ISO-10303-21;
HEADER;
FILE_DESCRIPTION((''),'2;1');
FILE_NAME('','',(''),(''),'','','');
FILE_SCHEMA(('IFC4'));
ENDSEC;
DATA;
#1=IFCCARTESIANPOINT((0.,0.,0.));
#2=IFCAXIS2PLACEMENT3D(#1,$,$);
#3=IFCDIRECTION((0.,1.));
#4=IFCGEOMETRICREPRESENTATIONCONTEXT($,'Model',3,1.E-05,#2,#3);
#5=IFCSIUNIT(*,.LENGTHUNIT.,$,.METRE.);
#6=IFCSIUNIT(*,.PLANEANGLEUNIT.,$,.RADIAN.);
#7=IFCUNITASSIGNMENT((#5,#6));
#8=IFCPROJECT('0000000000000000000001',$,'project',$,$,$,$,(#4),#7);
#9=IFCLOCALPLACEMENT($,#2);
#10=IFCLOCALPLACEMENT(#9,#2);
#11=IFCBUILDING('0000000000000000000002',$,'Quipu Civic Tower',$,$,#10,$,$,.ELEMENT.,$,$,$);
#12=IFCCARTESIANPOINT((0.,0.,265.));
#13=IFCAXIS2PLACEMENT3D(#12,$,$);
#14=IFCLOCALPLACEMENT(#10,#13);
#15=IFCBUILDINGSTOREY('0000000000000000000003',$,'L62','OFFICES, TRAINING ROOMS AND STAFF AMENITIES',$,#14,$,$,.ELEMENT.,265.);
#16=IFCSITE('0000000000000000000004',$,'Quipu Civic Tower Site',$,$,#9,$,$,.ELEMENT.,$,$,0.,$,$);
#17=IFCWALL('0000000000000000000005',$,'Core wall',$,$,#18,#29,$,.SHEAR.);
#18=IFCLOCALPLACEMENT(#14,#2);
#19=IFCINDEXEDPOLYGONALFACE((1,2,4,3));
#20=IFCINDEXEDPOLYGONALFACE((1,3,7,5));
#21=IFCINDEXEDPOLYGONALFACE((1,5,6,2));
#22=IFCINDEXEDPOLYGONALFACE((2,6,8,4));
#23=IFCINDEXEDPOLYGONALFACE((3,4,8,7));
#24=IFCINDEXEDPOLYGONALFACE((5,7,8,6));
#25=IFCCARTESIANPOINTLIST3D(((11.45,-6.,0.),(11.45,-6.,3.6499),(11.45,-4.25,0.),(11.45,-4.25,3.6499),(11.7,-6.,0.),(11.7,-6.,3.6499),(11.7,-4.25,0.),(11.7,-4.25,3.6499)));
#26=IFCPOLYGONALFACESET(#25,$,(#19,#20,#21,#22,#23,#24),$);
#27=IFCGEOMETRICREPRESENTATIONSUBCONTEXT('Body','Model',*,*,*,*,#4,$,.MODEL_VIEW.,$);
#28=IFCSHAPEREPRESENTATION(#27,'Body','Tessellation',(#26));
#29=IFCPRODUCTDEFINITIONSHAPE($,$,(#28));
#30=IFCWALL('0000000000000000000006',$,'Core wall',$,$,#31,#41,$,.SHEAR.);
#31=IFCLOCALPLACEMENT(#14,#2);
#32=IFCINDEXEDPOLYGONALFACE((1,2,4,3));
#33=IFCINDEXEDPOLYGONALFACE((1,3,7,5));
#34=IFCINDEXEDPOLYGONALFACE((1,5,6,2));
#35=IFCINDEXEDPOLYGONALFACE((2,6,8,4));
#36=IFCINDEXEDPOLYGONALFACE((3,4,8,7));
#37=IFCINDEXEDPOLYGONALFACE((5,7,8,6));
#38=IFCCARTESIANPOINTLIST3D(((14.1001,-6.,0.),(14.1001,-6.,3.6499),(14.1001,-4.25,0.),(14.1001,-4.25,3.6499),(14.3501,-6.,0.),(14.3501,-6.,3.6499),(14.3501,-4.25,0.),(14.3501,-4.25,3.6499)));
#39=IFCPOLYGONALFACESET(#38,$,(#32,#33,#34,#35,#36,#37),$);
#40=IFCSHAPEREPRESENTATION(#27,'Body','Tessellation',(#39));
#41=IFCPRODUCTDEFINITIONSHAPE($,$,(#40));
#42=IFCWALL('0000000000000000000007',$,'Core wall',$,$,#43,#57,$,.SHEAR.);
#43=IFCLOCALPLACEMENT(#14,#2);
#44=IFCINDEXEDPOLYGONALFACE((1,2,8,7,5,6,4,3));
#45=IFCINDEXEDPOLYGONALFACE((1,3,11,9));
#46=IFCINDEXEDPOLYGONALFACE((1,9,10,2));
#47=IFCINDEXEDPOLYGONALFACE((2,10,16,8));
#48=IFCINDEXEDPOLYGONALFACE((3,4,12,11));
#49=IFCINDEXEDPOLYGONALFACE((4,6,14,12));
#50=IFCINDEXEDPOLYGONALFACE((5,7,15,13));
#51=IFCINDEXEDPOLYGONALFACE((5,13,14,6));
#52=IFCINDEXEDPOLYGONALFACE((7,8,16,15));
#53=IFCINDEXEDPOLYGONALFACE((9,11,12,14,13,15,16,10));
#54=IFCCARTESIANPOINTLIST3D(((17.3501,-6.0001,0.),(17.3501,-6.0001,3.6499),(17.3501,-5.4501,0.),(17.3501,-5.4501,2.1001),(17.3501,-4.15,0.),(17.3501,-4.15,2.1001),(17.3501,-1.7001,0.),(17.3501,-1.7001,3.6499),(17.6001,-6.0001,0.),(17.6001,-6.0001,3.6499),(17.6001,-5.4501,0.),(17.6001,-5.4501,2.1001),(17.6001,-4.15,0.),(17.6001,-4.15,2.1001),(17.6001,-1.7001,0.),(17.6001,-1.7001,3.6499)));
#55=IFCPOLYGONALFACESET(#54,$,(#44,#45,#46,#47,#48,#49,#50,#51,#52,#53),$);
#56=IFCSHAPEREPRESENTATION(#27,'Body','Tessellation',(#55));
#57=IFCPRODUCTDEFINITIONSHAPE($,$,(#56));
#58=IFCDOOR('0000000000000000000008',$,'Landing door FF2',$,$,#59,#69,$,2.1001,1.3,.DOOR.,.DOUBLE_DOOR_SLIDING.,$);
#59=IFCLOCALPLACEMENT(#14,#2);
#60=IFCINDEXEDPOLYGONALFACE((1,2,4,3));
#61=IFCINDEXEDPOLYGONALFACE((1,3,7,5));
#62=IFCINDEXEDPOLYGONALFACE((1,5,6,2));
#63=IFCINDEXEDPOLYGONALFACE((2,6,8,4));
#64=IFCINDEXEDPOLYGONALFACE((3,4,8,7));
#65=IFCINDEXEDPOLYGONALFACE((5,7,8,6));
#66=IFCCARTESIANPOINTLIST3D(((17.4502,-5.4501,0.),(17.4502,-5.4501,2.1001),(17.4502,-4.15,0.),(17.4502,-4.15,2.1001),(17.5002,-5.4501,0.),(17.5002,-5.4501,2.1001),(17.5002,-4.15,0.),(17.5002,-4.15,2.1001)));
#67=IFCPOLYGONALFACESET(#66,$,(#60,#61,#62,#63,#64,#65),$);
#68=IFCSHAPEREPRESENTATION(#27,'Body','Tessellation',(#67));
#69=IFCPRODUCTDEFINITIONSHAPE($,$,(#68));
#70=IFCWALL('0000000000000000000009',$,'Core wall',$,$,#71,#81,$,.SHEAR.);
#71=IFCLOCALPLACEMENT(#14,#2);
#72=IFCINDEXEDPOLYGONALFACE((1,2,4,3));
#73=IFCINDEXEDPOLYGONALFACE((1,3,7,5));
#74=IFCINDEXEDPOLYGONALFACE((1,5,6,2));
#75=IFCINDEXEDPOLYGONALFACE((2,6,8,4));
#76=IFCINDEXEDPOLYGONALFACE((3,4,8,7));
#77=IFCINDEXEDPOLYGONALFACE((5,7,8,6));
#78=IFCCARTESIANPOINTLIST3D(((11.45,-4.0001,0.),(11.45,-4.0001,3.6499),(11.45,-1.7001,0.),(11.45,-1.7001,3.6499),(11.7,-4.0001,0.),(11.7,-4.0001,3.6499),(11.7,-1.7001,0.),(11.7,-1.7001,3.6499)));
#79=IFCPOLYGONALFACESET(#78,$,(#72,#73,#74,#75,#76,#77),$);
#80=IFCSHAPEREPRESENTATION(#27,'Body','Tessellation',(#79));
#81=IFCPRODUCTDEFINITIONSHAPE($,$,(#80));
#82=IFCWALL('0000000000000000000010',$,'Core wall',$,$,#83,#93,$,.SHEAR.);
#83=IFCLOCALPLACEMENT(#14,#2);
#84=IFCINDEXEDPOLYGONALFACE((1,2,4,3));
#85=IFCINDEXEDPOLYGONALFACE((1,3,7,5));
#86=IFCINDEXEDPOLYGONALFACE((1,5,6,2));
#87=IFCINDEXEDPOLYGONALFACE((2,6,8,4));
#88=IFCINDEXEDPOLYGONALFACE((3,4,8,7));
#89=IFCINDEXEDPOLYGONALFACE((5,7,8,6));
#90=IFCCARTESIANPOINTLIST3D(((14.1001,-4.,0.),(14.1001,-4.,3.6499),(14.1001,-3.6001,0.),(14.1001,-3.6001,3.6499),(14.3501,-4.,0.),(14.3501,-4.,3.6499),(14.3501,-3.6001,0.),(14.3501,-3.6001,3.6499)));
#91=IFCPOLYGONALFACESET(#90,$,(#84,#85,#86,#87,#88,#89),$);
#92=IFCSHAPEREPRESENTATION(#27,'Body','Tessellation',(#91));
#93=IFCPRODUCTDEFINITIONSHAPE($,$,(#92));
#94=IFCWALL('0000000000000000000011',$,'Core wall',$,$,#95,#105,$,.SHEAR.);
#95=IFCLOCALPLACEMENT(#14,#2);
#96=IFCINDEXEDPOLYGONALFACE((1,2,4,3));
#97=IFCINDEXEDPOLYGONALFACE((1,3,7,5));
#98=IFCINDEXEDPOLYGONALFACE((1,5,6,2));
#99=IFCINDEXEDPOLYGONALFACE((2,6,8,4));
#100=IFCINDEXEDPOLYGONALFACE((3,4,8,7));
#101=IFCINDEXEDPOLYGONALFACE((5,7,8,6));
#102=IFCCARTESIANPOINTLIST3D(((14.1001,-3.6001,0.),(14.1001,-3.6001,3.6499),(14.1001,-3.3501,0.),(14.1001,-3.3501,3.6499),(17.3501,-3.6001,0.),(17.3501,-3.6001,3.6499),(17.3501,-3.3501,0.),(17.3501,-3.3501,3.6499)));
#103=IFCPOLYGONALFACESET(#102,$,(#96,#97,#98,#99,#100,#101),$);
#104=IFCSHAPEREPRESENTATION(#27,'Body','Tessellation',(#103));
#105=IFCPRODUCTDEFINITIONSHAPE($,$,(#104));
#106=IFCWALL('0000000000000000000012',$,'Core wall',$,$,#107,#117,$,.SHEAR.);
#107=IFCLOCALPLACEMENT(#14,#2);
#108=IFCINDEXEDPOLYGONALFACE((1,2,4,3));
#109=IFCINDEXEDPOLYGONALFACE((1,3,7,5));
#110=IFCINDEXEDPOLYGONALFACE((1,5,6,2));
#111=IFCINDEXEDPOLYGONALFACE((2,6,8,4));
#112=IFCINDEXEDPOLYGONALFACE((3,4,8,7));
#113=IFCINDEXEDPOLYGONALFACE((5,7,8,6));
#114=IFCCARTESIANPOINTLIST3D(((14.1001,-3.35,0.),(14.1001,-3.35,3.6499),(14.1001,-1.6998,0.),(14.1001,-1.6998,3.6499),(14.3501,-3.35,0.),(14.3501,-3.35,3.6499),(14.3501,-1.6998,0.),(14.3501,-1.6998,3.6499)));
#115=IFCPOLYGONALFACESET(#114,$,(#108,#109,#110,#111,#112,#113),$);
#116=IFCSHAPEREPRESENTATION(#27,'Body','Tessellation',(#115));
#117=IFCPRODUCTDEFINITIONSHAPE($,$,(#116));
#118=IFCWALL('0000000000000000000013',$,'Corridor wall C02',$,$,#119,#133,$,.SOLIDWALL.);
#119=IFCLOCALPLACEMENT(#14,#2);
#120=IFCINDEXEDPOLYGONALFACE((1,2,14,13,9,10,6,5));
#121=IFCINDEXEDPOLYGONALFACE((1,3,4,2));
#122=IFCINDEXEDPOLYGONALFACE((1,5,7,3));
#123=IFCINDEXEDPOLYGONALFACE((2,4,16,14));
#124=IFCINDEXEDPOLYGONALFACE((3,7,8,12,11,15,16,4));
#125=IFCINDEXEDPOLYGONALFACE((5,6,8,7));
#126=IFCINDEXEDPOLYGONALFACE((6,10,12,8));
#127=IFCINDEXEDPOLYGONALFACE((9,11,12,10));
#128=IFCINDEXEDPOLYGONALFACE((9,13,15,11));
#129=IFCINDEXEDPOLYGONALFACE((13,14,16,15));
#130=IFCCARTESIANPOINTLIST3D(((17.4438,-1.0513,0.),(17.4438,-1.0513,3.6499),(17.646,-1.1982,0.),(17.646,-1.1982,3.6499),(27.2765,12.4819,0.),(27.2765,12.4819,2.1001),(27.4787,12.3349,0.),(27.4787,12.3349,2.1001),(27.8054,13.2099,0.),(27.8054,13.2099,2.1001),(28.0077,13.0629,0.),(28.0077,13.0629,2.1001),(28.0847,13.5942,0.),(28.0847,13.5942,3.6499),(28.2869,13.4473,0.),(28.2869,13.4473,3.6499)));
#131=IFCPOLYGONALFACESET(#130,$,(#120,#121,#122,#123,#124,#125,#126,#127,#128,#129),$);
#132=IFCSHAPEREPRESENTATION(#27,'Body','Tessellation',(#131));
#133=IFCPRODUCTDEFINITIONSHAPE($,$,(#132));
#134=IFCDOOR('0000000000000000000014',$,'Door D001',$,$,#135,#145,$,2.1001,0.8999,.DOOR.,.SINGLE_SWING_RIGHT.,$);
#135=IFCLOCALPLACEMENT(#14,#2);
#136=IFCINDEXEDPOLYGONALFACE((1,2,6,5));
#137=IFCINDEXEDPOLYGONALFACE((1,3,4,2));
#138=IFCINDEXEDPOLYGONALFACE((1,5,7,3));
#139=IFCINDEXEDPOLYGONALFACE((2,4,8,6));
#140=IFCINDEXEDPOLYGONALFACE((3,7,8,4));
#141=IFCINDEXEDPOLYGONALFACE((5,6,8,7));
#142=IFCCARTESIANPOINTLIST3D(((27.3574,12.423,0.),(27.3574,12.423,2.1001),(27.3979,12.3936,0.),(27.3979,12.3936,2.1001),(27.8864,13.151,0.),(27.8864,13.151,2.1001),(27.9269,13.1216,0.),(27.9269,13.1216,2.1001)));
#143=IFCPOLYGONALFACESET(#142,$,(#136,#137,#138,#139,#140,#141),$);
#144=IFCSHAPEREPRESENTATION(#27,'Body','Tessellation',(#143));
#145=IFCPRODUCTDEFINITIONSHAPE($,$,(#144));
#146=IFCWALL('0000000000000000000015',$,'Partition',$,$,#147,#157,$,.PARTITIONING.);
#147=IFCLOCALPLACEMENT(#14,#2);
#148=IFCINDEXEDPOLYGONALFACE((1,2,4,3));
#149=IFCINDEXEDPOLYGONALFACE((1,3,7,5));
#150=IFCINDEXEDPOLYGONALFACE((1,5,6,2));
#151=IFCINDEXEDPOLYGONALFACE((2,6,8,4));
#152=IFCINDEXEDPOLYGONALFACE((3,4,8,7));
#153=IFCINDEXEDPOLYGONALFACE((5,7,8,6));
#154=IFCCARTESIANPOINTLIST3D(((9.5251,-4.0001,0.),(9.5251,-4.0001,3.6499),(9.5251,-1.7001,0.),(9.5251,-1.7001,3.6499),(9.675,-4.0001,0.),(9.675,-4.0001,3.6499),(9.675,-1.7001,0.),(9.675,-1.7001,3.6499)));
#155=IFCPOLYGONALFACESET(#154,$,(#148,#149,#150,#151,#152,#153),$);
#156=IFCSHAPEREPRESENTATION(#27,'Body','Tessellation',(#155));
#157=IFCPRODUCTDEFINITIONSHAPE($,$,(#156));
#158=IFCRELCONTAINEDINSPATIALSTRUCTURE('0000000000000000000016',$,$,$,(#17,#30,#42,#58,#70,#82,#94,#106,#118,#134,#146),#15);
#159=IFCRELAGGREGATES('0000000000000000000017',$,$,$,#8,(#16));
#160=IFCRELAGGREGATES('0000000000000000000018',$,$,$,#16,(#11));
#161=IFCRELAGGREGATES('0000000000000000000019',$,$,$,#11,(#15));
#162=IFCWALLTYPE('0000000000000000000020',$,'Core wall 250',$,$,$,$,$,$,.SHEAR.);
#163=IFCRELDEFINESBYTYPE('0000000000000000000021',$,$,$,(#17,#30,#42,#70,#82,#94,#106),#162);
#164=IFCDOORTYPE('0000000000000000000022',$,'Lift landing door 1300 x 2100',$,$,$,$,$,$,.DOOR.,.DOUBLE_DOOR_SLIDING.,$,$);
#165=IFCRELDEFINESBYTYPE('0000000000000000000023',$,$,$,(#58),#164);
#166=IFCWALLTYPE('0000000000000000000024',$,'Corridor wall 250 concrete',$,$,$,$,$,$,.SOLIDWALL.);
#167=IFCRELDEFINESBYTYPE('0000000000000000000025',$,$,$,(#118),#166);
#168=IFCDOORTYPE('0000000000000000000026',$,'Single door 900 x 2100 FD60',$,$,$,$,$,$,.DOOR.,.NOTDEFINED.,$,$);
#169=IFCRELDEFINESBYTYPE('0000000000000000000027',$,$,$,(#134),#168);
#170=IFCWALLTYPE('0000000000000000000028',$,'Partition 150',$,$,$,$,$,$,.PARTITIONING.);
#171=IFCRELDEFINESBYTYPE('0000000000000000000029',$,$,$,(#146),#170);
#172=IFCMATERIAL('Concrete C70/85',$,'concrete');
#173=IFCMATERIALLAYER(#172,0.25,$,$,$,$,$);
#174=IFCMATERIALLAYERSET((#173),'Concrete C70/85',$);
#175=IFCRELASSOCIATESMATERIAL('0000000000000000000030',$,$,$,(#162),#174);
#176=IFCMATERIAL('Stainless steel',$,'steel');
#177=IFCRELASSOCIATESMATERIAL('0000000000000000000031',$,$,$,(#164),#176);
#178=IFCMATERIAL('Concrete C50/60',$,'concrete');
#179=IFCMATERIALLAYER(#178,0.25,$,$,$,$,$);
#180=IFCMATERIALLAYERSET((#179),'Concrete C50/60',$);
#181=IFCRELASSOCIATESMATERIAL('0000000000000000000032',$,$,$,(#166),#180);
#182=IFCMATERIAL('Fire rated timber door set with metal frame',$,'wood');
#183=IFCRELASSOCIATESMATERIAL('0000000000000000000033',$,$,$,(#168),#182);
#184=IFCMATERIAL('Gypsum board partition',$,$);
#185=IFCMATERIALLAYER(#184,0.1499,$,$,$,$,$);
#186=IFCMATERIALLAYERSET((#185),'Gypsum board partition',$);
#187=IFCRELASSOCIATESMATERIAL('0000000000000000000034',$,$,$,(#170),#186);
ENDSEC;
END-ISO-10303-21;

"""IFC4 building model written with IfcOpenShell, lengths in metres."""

from ifc_helpers import new_model, si_unit, direction, frame, frame_2d, origin, place, context, subcontext, project, spatial, rectangle, extrude, material, layer, layer_set, type_object, element, fill, save


model = new_model("IFC4")

# Units and contexts
model_context = context("Model", 3, precision=1e-05, world=origin(), true_north=direction((0.0, 1.0)))
body_context = subcontext(model_context, "Body", "Model", "MODEL_VIEW")
ifc_project = project(units=[si_unit("LENGTHUNIT", "METRE"), si_unit("PLANEANGLEUNIT", "RADIAN")], contexts=[model_context])

# Site, building, storey
site_placement = place(None, origin())
site = spatial("IfcSite", under=ifc_project, at=site_placement, Name="Quipu Civic Tower Site", CompositionType="ELEMENT", RefElevation=0.0)
building_placement = place(site_placement, origin())
building = spatial("IfcBuilding", under=site, at=building_placement, Name="Quipu Civic Tower", CompositionType="ELEMENT")
storey_placement = place(building_placement, frame((0.0, 0.0, 265.0)))
storey = spatial("IfcBuildingStorey", under=building, at=storey_placement, Name="L62", Description="OFFICES, TRAINING ROOMS AND STAFF AMENITIES", CompositionType="ELEMENT", Elevation=265.0)

# Walls
ifc_material_1 = material(Name="Concrete C70/85", Category="concrete")
ifc_layer_1 = layer(ifc_material_1, 0.25)
ifc_layer_set_1 = layer_set([ifc_layer_1], Name="Concrete C70/85")
wall_type_1 = type_object("IfcWallType", Name="Core wall 250", PredefinedType="SHEAR", material=ifc_layer_set_1)
for number, where, z_axis, x_axis, name in (
    (1, (11.575, -6.0, 0.0), (0.0, 0.0, 1.0), (0.0, 1.0, 0.0), "Core wall"),
    (2, (14.2251, -6.0, 0.0), (0.0, 0.0, 1.0), (0.0, 1.0, 0.0), "Core wall"),
):
    element("IfcWall", number, at=place(storey_placement, frame(where, z_axis=z_axis, x_axis=x_axis)), inside=storey, type_object=wall_type_1, Name=name, PredefinedType="SHEAR", context=body_context, shape_type="SweptSolid", body=[
        extrude(rectangle(XDim=1.75, YDim=0.25, at=frame_2d((0.875, 0.0))), origin(), (0.0, 0.0, 1.0), 3.6499),
    ])

# Wall, opening, door
wall_1_placement = place(storey_placement, frame((17.4751, -6.0, 0.0), z_axis=(0.0, 0.0, 1.0), x_axis=(0.0, 1.0, 0.0)))
wall_1 = element("IfcWall", 3, at=wall_1_placement, inside=storey, type_object=wall_type_1, Name="Core wall", PredefinedType="SHEAR", context=body_context, shape_type="SweptSolid", body=[
    extrude(rectangle(XDim=4.3, YDim=0.25, at=frame_2d((2.1499, 0.0))), origin(), (0.0, 0.0, 1.0), 3.6499),
])
opening_1_placement = place(wall_1_placement, frame((0.55, 0.0, 0.0)))
opening_1 = element("IfcOpeningElement", 4, at=opening_1_placement, cuts=wall_1, PredefinedType="OPENING", context=body_context, shape_type="SweptSolid", body=[
    extrude(rectangle(XDim=1.3, YDim=2.1001, at=frame_2d((0.6499, 1.05))), frame((0.0, 0.135, 0.0), z_axis=(0.0, -1.0, 0.0), x_axis=(1.0, 0.0, 0.0)), (0.0, 0.0, 1.0), 0.27),
])
ifc_material_2 = material(Name="Stainless steel", Category="steel")
door_type_1 = type_object("IfcDoorType", Name="Lift landing door 1300 x 2100", OperationType="DOUBLE_DOOR_SLIDING", PredefinedType="DOOR", material=ifc_material_2)
door_1_placement = place(opening_1_placement, origin())
door_1 = element("IfcDoor", 5, at=door_1_placement, inside=storey, type_object=door_type_1, Name="Landing door FF2", OperationType="DOUBLE_DOOR_SLIDING", OverallHeight=2.1001, OverallWidth=1.3, PredefinedType="DOOR", context=body_context, shape_type="SweptSolid", body=[
    extrude(rectangle(XDim=1.3, YDim=2.1001, at=frame_2d((0.6499, 1.05))), frame((0.0, 0.0249, 0.0), z_axis=(0.0, -1.0, 0.0), x_axis=(1.0, 0.0, 0.0)), (0.0, 0.0, 1.0), 0.05),
])
fill(opening_1, door_1)

# Walls
wall_2_placement = place(storey_placement, frame((11.575, -4.0, 0.0), z_axis=(0.0, 0.0, 1.0), x_axis=(0.0, 1.0, 0.0)))
element("IfcWall", 6, at=wall_2_placement, inside=storey, type_object=wall_type_1, Name="Core wall", PredefinedType="SHEAR", context=body_context, shape_type="SweptSolid", body=[
    extrude(rectangle(XDim=2.3, YDim=0.25, at=frame_2d((1.1499, 0.0))), origin(), (0.0, 0.0, 1.0), 3.6499),
])
wall_3_placement = place(storey_placement, frame((14.2251, -4.0, 0.0), z_axis=(0.0, 0.0, 1.0), x_axis=(0.0, 1.0, 0.0)))
element("IfcWall", 7, at=wall_3_placement, inside=storey, type_object=wall_type_1, Name="Core wall", PredefinedType="SHEAR", context=body_context, shape_type="SweptSolid", body=[
    extrude(rectangle(XDim=0.3999, YDim=0.25, at=frame_2d((0.2, 0.0))), origin(), (0.0, 0.0, 1.0), 3.6499),
])
wall_4_placement = place(storey_placement, frame((14.1001, -3.4751, 0.0), z_axis=(0.0, 0.0, 1.0), x_axis=(1.0, 0.0, 0.0)))
element("IfcWall", 8, at=wall_4_placement, inside=storey, type_object=wall_type_1, Name="Core wall", PredefinedType="SHEAR", context=body_context, shape_type="SweptSolid", body=[
    extrude(rectangle(XDim=3.25, YDim=0.25, at=frame_2d((1.625, 0.0))), origin(), (0.0, 0.0, 1.0), 3.6499),
])
wall_5_placement = place(storey_placement, frame((14.2251, -3.3501, 0.0), z_axis=(0.0, 0.0, 1.0), x_axis=(0.0, 1.0, 0.0)))
element("IfcWall", 9, at=wall_5_placement, inside=storey, type_object=wall_type_1, Name="Core wall", PredefinedType="SHEAR", context=body_context, shape_type="SweptSolid", body=[
    extrude(rectangle(XDim=1.6501, YDim=0.25, at=frame_2d((0.8252, 0.0))), origin(), (0.0, 0.0, 1.0), 3.6499),
])

# Wall, opening, door
ifc_material_3 = material(Name="Concrete C50/60", Category="concrete")
ifc_layer_2 = layer(ifc_material_3, 0.25)
ifc_layer_set_2 = layer_set([ifc_layer_2], Name="Concrete C50/60")
wall_type_2 = type_object("IfcWallType", Name="Corridor wall 250 concrete", PredefinedType="SOLIDWALL", material=ifc_layer_set_2)
wall_6_placement = place(storey_placement, frame((17.5449, -1.1248, 0.0), z_axis=(0.0, 0.0, 1.0), x_axis=(0.587796, 0.80901, 0.0)))
wall_6 = element("IfcWall", 10, at=wall_6_placement, inside=storey, type_object=wall_type_2, Name="Corridor wall C02", PredefinedType="SOLIDWALL", context=body_context, shape_type="SweptSolid", body=[
    extrude(rectangle(XDim=18.103, YDim=0.25, at=frame_2d((9.0515, 0.0))), origin(), (0.0, 0.0, 1.0), 3.6499),
])
opening_2_placement = place(wall_6_placement, frame((16.728, 0.0, 0.0)))
opening_2 = element("IfcOpeningElement", 11, at=opening_2_placement, cuts=wall_6, PredefinedType="OPENING", context=body_context, shape_type="SweptSolid", body=[
    extrude(rectangle(XDim=0.8999, YDim=2.1001, at=frame_2d((0.45, 1.05))), frame((0.0, 0.135, 0.0), z_axis=(0.0, -1.0, 0.0), x_axis=(1.0, 0.0, 0.0)), (0.0, 0.0, 1.0), 0.27),
])
ifc_material_4 = material(Name="Fire rated timber door set with metal frame", Category="wood")
door_type_2 = type_object("IfcDoorType", Name="Single door 900 x 2100 FD60", OperationType="NOTDEFINED", PredefinedType="DOOR", material=ifc_material_4)
door_2_placement = place(opening_2_placement, origin())
door_2 = element("IfcDoor", 12, at=door_2_placement, inside=storey, type_object=door_type_2, Name="Door D001", OperationType="SINGLE_SWING_RIGHT", OverallHeight=2.1001, OverallWidth=0.8999, PredefinedType="DOOR", context=body_context, shape_type="SweptSolid", body=[
    extrude(rectangle(XDim=0.8999, YDim=2.1001, at=frame_2d((0.45, 1.05))), frame((0.0, 0.0249, 0.0), z_axis=(0.0, -1.0, 0.0), x_axis=(1.0, 0.0, 0.0)), (0.0, 0.0, 1.0), 0.05),
])
fill(opening_2, door_2)

# Wall
ifc_material_5 = material(Name="Gypsum board partition")
ifc_layer_3 = layer(ifc_material_5, 0.1499)
ifc_layer_set_3 = layer_set([ifc_layer_3], Name="Gypsum board partition")
wall_type_3 = type_object("IfcWallType", Name="Partition 150", PredefinedType="PARTITIONING", material=ifc_layer_set_3)
wall_7_placement = place(storey_placement, frame((9.6001, -4.0, 0.0), z_axis=(0.0, 0.0, 1.0), x_axis=(0.0, 1.0, 0.0)))
element("IfcWall", 13, at=wall_7_placement, inside=storey, type_object=wall_type_3, Name="Partition", PredefinedType="PARTITIONING", context=body_context, shape_type="SweptSolid", body=[
    extrude(rectangle(XDim=2.3, YDim=0.1499, at=frame_2d((1.1499, 0.0))), origin(), (0.0, 0.0, 1.0), 3.6499),
])

save(model, "model.ifc")
